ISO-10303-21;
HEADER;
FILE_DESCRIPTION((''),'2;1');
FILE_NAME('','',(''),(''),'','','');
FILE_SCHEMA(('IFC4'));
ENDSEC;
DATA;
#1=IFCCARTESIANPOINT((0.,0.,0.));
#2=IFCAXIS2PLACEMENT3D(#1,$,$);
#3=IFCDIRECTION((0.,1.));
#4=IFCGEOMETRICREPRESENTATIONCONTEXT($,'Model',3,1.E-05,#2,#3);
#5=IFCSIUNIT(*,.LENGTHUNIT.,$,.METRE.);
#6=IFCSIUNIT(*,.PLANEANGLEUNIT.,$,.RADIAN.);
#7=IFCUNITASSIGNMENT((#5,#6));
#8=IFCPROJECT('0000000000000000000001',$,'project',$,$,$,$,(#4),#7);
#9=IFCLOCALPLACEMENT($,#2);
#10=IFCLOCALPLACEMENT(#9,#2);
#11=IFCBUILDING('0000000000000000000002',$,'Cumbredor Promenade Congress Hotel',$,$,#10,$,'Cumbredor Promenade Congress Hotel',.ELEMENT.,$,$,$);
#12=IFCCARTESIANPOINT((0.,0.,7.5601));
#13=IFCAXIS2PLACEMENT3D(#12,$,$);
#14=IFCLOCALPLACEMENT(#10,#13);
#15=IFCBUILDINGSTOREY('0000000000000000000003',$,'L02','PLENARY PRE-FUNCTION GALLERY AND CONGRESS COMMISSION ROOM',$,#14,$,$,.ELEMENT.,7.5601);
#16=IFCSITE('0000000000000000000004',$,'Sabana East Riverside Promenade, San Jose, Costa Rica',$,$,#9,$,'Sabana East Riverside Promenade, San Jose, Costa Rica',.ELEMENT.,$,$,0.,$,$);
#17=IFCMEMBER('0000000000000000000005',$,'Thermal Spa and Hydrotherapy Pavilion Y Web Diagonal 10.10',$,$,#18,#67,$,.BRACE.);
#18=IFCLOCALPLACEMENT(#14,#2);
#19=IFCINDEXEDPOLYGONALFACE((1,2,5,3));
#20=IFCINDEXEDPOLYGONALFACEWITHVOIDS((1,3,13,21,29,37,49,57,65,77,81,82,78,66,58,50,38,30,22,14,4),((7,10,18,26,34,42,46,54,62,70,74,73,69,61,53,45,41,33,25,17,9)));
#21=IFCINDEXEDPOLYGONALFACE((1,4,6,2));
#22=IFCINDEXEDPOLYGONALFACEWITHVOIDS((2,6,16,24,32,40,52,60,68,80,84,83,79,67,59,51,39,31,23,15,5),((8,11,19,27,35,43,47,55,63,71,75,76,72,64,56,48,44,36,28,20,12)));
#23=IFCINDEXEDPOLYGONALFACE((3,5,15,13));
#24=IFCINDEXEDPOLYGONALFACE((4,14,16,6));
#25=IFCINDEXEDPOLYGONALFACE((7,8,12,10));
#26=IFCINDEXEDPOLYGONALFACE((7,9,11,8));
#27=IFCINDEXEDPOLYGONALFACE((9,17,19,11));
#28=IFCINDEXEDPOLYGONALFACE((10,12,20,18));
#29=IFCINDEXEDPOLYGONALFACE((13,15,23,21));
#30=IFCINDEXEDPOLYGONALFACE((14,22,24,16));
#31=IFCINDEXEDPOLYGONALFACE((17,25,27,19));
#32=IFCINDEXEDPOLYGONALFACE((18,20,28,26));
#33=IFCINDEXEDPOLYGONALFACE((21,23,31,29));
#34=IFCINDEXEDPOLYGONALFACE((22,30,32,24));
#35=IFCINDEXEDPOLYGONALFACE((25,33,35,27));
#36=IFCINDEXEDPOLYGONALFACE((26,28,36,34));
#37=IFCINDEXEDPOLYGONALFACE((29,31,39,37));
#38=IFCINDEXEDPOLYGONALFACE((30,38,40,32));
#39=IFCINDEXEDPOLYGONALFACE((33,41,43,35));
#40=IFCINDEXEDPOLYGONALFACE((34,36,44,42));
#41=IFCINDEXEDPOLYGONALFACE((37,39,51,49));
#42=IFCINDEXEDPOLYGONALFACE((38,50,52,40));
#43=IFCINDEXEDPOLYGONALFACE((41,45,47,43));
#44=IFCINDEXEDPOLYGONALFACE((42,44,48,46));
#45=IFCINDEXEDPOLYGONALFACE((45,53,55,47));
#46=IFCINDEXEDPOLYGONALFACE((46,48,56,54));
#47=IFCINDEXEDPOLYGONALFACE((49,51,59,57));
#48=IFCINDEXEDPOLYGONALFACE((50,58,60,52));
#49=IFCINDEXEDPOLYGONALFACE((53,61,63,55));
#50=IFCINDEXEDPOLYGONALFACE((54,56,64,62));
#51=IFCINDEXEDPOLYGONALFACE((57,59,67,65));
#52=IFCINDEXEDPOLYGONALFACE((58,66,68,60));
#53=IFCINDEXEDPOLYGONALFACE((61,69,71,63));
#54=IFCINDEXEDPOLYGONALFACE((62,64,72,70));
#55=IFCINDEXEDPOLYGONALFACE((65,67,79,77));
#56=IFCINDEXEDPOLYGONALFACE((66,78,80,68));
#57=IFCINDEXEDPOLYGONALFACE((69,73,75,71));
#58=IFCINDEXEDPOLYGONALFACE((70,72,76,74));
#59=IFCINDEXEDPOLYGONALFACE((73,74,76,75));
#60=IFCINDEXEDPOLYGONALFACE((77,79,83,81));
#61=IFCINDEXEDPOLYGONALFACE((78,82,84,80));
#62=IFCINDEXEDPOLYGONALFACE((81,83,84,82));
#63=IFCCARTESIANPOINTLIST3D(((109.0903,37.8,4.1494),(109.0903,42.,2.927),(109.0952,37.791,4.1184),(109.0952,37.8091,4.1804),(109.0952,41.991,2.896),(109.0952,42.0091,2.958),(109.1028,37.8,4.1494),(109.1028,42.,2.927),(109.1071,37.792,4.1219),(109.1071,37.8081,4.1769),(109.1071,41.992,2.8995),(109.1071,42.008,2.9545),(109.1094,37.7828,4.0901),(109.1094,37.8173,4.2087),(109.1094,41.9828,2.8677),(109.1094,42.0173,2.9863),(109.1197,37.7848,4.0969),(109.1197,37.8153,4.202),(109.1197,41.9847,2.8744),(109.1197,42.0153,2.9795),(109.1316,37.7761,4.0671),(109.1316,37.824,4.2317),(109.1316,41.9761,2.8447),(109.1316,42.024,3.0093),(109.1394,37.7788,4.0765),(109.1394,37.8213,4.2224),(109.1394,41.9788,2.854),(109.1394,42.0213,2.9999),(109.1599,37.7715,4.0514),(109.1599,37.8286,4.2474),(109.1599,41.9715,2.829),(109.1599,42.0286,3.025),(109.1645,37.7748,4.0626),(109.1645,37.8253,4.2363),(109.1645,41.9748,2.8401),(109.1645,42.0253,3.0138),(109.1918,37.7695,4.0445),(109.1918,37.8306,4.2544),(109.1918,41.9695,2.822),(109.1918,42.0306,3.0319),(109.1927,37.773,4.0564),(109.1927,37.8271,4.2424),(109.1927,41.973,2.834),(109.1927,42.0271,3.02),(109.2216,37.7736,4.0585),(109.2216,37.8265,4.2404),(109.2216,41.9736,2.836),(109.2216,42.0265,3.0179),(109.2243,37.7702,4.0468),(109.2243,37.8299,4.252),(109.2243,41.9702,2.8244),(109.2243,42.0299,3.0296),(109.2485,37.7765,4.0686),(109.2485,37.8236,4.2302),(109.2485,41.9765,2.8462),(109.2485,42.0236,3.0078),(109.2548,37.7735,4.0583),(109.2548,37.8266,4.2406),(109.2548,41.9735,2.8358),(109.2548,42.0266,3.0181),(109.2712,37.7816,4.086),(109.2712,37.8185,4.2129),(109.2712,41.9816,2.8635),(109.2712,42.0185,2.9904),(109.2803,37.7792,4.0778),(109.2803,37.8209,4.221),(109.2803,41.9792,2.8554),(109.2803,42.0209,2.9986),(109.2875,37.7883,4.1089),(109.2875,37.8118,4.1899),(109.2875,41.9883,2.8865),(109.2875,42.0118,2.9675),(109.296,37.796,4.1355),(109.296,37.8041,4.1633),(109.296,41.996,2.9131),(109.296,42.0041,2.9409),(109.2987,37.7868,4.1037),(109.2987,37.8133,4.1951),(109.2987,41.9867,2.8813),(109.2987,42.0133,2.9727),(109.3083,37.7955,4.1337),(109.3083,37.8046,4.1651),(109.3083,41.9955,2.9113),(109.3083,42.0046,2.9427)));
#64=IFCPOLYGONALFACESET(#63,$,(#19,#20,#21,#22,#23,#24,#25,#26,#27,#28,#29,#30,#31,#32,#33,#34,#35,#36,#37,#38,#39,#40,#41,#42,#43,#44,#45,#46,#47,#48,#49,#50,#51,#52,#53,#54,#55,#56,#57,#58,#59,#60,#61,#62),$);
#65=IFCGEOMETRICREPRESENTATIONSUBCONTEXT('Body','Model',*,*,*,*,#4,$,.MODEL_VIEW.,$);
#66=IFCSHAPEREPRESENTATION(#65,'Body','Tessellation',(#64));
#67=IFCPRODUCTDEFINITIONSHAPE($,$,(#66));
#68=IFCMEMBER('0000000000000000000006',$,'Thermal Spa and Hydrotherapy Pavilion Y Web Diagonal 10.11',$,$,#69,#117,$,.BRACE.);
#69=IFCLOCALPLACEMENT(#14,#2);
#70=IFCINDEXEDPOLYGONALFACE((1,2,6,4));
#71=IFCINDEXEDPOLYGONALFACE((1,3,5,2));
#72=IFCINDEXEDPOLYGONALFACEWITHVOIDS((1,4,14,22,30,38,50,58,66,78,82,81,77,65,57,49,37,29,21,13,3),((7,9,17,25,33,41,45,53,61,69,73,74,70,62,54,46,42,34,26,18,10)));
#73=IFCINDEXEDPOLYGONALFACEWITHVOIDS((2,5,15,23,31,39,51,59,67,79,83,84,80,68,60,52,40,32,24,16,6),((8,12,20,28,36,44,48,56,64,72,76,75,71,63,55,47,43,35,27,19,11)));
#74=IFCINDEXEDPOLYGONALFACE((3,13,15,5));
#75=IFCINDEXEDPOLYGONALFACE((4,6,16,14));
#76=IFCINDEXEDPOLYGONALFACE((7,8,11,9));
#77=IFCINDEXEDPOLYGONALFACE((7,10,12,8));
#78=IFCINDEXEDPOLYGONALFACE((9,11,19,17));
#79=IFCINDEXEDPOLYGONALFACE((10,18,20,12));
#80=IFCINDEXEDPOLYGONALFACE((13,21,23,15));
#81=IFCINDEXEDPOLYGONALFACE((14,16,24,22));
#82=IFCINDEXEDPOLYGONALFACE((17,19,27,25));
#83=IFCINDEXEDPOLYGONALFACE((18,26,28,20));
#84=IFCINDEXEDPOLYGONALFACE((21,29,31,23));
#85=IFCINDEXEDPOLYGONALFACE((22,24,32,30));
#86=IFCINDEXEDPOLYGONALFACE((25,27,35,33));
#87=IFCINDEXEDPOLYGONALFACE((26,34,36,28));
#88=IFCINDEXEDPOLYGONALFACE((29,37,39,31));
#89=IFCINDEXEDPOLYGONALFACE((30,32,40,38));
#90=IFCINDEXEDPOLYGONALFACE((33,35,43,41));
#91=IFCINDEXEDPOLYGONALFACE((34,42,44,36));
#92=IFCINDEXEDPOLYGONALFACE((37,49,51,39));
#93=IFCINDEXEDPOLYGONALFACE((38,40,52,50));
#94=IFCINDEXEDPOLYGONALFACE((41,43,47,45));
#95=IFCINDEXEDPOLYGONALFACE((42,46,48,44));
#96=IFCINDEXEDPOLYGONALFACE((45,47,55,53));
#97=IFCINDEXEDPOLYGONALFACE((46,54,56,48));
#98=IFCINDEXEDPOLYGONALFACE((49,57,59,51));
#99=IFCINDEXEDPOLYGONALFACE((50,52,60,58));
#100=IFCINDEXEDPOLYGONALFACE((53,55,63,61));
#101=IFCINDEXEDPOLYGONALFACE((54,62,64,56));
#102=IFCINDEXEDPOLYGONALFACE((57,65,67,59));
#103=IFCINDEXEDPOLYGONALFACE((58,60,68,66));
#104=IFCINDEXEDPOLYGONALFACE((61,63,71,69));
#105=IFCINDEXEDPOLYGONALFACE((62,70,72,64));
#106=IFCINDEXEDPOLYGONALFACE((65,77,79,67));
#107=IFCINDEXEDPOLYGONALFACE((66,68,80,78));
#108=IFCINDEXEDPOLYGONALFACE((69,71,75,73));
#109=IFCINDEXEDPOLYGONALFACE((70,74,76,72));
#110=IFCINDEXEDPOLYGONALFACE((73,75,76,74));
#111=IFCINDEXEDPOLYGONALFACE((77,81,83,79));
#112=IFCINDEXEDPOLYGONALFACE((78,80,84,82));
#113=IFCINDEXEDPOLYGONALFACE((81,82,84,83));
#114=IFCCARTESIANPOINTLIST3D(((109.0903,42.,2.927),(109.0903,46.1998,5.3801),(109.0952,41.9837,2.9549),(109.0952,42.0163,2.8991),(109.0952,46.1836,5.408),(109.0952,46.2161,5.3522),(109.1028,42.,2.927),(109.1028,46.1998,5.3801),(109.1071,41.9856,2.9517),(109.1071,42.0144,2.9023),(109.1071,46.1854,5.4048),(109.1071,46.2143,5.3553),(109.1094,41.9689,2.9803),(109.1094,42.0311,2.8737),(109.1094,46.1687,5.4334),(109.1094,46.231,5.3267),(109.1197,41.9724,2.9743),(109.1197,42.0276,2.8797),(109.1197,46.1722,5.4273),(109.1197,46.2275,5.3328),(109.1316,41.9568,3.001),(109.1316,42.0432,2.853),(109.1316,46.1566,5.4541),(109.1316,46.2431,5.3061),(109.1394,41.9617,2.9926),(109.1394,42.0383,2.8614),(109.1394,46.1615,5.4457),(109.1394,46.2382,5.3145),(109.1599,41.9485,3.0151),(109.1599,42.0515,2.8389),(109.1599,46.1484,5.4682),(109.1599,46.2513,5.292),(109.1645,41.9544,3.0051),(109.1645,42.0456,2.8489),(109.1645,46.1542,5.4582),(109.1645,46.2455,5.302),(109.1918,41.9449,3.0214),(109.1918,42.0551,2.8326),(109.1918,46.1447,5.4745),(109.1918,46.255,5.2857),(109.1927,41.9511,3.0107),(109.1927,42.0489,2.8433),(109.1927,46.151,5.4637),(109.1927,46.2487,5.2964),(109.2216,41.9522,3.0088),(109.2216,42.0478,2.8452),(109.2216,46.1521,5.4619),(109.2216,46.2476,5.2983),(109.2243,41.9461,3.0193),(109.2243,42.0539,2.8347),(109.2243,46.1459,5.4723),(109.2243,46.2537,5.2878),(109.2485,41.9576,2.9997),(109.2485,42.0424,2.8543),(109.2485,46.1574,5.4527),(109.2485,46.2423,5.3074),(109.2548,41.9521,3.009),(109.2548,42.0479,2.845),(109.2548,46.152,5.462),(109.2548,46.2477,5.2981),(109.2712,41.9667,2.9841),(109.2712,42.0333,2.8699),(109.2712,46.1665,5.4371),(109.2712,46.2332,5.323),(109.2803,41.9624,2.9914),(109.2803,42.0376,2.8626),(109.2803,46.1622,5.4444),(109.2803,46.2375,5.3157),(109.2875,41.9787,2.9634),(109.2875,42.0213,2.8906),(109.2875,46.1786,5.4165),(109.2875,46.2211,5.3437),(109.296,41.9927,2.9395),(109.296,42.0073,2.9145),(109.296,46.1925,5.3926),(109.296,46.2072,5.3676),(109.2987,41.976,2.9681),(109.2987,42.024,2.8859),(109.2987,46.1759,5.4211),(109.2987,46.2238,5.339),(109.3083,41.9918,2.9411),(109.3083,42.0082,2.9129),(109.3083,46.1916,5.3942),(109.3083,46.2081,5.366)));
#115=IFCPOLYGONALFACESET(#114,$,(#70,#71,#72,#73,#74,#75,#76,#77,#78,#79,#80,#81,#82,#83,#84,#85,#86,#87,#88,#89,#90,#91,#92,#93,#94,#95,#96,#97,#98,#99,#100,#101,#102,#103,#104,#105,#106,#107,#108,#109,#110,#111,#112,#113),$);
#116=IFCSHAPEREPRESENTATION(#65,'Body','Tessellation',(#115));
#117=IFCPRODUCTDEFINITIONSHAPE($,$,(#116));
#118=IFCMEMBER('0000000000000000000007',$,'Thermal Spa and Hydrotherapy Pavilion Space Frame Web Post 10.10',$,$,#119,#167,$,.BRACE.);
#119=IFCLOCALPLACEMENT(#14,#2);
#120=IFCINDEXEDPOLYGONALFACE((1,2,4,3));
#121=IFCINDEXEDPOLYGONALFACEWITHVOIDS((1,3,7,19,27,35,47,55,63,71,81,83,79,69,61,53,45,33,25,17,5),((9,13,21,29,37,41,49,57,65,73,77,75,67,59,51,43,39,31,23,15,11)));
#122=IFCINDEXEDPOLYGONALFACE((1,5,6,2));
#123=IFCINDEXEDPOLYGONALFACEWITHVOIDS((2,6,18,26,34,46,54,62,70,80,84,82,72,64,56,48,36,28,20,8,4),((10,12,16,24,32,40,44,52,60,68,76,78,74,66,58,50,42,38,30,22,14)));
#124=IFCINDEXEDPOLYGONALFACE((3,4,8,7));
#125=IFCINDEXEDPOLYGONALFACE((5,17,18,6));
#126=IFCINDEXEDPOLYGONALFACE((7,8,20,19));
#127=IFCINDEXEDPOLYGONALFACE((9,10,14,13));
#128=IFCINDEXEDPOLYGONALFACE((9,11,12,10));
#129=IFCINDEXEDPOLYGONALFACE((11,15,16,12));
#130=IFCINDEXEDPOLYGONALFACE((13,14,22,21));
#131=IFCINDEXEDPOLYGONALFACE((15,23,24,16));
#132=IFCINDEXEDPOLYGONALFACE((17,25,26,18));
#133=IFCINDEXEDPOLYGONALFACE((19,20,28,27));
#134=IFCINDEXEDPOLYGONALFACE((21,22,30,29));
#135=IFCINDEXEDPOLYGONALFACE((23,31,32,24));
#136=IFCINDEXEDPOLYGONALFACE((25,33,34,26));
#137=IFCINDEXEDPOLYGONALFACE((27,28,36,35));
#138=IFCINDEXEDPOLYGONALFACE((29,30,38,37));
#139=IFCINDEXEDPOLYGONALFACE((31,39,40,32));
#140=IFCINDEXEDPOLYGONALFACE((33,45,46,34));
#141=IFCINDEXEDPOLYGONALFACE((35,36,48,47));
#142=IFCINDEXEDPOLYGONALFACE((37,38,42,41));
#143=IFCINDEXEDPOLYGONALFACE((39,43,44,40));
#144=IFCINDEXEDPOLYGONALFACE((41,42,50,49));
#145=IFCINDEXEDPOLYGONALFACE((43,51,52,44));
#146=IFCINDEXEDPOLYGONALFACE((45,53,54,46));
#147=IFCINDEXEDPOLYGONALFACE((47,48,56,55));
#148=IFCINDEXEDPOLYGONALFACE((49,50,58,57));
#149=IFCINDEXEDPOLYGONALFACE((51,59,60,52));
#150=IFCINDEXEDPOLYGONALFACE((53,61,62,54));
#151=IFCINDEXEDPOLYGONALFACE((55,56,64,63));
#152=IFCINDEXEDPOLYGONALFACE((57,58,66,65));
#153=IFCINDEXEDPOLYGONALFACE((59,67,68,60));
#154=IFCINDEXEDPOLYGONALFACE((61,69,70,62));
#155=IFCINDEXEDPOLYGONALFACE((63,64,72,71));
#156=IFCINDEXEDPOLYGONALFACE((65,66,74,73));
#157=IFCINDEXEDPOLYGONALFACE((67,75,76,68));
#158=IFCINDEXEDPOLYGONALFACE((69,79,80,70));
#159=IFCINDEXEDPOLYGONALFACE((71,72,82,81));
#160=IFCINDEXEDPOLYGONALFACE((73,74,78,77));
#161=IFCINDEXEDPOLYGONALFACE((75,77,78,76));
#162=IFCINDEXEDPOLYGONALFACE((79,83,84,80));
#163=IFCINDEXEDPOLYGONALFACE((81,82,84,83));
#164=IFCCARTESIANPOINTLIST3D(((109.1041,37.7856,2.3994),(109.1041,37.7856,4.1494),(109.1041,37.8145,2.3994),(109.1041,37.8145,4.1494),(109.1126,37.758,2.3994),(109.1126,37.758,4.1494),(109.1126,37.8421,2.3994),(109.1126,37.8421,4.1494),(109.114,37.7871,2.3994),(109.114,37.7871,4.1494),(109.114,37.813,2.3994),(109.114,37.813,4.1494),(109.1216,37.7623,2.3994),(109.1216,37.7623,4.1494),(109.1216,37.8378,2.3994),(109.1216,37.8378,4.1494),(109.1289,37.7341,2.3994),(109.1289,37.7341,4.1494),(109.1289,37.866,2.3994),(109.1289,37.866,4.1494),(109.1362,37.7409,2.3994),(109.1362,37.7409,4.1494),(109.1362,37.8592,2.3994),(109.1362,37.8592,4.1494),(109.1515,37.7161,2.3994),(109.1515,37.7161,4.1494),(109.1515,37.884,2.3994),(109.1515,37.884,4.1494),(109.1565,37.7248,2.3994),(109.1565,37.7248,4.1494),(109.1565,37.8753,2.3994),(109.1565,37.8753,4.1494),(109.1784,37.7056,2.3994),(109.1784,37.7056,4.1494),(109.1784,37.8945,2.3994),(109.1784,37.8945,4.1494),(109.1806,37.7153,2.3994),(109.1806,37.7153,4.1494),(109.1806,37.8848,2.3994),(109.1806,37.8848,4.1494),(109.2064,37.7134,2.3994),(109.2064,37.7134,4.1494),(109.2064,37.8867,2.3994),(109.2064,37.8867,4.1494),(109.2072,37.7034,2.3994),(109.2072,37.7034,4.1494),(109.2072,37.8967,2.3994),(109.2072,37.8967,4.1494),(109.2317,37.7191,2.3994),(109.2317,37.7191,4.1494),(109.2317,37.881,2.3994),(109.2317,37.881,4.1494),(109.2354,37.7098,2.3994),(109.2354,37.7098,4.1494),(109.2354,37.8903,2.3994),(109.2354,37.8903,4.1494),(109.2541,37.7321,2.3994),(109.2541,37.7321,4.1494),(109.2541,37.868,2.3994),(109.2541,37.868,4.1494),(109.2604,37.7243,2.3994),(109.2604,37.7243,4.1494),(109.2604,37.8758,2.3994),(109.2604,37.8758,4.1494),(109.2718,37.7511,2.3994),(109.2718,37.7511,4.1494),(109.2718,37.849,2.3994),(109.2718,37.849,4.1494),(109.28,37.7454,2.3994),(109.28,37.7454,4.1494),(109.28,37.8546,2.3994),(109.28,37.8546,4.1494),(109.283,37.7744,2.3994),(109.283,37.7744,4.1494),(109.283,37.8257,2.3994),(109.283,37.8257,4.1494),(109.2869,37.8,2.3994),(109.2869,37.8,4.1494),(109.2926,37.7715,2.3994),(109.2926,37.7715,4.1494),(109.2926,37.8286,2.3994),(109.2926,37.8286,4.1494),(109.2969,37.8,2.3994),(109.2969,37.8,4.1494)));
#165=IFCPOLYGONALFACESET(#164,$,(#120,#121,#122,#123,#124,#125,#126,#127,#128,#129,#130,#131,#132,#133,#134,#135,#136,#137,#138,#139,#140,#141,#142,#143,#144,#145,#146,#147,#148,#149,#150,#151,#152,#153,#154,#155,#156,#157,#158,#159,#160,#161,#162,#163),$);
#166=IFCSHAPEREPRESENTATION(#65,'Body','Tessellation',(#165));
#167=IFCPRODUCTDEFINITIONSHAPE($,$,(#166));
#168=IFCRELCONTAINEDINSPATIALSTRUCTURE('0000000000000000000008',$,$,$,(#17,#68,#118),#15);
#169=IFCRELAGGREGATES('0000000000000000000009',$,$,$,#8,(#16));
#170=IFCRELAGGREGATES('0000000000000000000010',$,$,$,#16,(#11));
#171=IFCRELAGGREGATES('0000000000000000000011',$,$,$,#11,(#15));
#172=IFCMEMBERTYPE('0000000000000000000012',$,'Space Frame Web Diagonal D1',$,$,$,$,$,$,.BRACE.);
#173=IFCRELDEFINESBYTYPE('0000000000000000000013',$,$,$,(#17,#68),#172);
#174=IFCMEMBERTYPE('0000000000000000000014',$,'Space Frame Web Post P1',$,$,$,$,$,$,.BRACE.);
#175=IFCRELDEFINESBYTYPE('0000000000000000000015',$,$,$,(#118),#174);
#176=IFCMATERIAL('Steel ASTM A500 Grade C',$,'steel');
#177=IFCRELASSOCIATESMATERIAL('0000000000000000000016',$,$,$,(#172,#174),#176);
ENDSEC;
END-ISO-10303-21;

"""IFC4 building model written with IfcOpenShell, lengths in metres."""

from ifc_helpers import new_model, si_unit, direction, frame, origin, origin_2d, place, context, subcontext, project, spatial, hollow_circle, extrude, material, material_profile, profile_set, type_object, element, save


model = new_model("IFC4")

# Units and contexts
model_context = context("Model", 3, precision=1e-05, world=origin(), true_north=direction((0.0, 1.0)))
body_context = subcontext(model_context, "Body", "Model", "MODEL_VIEW")
ifc_project = project(units=[si_unit("LENGTHUNIT", "METRE"), si_unit("PLANEANGLEUNIT", "RADIAN")], contexts=[model_context])

# Site, building, storey
site_placement = place(None, origin())
site = spatial("IfcSite", under=ifc_project, at=site_placement, Name="Sabana East Riverside Promenade, San Jose, Costa Rica", LongName="Sabana East Riverside Promenade, San Jose, Costa Rica", CompositionType="ELEMENT", RefElevation=0.0)
building_placement = place(site_placement, origin())
building = spatial("IfcBuilding", under=site, at=building_placement, Name="Cumbredor Promenade Congress Hotel", LongName="Cumbredor Promenade Congress Hotel", CompositionType="ELEMENT")
storey_placement = place(building_placement, frame((0.0, 0.0, 7.5601)))
storey = spatial("IfcBuildingStorey", under=building, at=storey_placement, Name="L02", Description="PLENARY PRE-FUNCTION GALLERY AND CONGRESS COMMISSION ROOM", CompositionType="ELEMENT", Elevation=7.5601)

# Members
ifc_material_1 = material(Name="Steel ASTM A500 Grade C", Category="steel")
ifc_material_profile_1 = material_profile(ifc_material_1, hollow_circle(Radius=0.1096, WallThickness=0.0125, at=origin_2d()), Name="CHS 219.1x12.5")
ifc_profile_set_1 = profile_set([ifc_material_profile_1], Name="Steel ASTM A500 Grade C")
member_type_1 = type_object("IfcMemberType", Name="Space Frame Web Diagonal D1", PredefinedType="BRACE", material=ifc_profile_set_1)
member_1_placement = place(storey_placement, frame((109.2, 37.8, 4.1494), z_axis=(0.0, 0.960158, -0.279458), x_axis=(-1.0, 0.0, 0.0)))
element("IfcMember", 1, at=member_1_placement, inside=storey, type_object=member_type_1, Name="Thermal Spa and Hydrotherapy Pavilion Y Web Diagonal 10.10", PredefinedType="BRACE", context=body_context, shape_type="SweptSolid", body=[
    extrude(hollow_circle(Radius=0.1096, WallThickness=0.0125, at=origin_2d()), origin(), (0.0, 0.0, 1.0), 4.3743),
])
member_2_placement = place(storey_placement, frame((109.2, 42.0, 2.927), z_axis=(0.0, 0.863497, 0.504355), x_axis=(-1.0, 0.0, 0.0)))
element("IfcMember", 2, at=member_2_placement, inside=storey, type_object=member_type_1, Name="Thermal Spa and Hydrotherapy Pavilion Y Web Diagonal 10.11", PredefinedType="BRACE", context=body_context, shape_type="SweptSolid", body=[
    extrude(hollow_circle(Radius=0.1096, WallThickness=0.0125, at=origin_2d()), origin(), (0.0, 0.0, 1.0), 4.8638),
])
ifc_material_profile_2 = material_profile(ifc_material_1, hollow_circle(Radius=0.0969, WallThickness=0.01, at=origin_2d()), Name="CHS 193.7x10")
ifc_profile_set_2 = profile_set([ifc_material_profile_2], Name="Steel ASTM A500 Grade C")
member_type_2 = type_object("IfcMemberType", Name="Space Frame Web Post P1", PredefinedType="BRACE", material=ifc_profile_set_2)
for number, where, z_axis, x_axis, name in (
    (3, (109.2, 37.8, 2.3994), (0.0, 0.0, 1.0), (1.0, 0.0, 0.0), "Thermal Spa and Hydrotherapy Pavilion Space Frame Web Post 10.10"),
):
    element("IfcMember", number, at=place(storey_placement, frame(where, z_axis=z_axis, x_axis=x_axis)), inside=storey, type_object=member_type_2, Name=name, PredefinedType="BRACE", context=body_context, shape_type="SweptSolid", body=[
        extrude(hollow_circle(Radius=0.0969, WallThickness=0.01, at=origin_2d()), origin(), (0.0, 0.0, 1.0), 1.75),
    ])

save(model, "model.ifc")
